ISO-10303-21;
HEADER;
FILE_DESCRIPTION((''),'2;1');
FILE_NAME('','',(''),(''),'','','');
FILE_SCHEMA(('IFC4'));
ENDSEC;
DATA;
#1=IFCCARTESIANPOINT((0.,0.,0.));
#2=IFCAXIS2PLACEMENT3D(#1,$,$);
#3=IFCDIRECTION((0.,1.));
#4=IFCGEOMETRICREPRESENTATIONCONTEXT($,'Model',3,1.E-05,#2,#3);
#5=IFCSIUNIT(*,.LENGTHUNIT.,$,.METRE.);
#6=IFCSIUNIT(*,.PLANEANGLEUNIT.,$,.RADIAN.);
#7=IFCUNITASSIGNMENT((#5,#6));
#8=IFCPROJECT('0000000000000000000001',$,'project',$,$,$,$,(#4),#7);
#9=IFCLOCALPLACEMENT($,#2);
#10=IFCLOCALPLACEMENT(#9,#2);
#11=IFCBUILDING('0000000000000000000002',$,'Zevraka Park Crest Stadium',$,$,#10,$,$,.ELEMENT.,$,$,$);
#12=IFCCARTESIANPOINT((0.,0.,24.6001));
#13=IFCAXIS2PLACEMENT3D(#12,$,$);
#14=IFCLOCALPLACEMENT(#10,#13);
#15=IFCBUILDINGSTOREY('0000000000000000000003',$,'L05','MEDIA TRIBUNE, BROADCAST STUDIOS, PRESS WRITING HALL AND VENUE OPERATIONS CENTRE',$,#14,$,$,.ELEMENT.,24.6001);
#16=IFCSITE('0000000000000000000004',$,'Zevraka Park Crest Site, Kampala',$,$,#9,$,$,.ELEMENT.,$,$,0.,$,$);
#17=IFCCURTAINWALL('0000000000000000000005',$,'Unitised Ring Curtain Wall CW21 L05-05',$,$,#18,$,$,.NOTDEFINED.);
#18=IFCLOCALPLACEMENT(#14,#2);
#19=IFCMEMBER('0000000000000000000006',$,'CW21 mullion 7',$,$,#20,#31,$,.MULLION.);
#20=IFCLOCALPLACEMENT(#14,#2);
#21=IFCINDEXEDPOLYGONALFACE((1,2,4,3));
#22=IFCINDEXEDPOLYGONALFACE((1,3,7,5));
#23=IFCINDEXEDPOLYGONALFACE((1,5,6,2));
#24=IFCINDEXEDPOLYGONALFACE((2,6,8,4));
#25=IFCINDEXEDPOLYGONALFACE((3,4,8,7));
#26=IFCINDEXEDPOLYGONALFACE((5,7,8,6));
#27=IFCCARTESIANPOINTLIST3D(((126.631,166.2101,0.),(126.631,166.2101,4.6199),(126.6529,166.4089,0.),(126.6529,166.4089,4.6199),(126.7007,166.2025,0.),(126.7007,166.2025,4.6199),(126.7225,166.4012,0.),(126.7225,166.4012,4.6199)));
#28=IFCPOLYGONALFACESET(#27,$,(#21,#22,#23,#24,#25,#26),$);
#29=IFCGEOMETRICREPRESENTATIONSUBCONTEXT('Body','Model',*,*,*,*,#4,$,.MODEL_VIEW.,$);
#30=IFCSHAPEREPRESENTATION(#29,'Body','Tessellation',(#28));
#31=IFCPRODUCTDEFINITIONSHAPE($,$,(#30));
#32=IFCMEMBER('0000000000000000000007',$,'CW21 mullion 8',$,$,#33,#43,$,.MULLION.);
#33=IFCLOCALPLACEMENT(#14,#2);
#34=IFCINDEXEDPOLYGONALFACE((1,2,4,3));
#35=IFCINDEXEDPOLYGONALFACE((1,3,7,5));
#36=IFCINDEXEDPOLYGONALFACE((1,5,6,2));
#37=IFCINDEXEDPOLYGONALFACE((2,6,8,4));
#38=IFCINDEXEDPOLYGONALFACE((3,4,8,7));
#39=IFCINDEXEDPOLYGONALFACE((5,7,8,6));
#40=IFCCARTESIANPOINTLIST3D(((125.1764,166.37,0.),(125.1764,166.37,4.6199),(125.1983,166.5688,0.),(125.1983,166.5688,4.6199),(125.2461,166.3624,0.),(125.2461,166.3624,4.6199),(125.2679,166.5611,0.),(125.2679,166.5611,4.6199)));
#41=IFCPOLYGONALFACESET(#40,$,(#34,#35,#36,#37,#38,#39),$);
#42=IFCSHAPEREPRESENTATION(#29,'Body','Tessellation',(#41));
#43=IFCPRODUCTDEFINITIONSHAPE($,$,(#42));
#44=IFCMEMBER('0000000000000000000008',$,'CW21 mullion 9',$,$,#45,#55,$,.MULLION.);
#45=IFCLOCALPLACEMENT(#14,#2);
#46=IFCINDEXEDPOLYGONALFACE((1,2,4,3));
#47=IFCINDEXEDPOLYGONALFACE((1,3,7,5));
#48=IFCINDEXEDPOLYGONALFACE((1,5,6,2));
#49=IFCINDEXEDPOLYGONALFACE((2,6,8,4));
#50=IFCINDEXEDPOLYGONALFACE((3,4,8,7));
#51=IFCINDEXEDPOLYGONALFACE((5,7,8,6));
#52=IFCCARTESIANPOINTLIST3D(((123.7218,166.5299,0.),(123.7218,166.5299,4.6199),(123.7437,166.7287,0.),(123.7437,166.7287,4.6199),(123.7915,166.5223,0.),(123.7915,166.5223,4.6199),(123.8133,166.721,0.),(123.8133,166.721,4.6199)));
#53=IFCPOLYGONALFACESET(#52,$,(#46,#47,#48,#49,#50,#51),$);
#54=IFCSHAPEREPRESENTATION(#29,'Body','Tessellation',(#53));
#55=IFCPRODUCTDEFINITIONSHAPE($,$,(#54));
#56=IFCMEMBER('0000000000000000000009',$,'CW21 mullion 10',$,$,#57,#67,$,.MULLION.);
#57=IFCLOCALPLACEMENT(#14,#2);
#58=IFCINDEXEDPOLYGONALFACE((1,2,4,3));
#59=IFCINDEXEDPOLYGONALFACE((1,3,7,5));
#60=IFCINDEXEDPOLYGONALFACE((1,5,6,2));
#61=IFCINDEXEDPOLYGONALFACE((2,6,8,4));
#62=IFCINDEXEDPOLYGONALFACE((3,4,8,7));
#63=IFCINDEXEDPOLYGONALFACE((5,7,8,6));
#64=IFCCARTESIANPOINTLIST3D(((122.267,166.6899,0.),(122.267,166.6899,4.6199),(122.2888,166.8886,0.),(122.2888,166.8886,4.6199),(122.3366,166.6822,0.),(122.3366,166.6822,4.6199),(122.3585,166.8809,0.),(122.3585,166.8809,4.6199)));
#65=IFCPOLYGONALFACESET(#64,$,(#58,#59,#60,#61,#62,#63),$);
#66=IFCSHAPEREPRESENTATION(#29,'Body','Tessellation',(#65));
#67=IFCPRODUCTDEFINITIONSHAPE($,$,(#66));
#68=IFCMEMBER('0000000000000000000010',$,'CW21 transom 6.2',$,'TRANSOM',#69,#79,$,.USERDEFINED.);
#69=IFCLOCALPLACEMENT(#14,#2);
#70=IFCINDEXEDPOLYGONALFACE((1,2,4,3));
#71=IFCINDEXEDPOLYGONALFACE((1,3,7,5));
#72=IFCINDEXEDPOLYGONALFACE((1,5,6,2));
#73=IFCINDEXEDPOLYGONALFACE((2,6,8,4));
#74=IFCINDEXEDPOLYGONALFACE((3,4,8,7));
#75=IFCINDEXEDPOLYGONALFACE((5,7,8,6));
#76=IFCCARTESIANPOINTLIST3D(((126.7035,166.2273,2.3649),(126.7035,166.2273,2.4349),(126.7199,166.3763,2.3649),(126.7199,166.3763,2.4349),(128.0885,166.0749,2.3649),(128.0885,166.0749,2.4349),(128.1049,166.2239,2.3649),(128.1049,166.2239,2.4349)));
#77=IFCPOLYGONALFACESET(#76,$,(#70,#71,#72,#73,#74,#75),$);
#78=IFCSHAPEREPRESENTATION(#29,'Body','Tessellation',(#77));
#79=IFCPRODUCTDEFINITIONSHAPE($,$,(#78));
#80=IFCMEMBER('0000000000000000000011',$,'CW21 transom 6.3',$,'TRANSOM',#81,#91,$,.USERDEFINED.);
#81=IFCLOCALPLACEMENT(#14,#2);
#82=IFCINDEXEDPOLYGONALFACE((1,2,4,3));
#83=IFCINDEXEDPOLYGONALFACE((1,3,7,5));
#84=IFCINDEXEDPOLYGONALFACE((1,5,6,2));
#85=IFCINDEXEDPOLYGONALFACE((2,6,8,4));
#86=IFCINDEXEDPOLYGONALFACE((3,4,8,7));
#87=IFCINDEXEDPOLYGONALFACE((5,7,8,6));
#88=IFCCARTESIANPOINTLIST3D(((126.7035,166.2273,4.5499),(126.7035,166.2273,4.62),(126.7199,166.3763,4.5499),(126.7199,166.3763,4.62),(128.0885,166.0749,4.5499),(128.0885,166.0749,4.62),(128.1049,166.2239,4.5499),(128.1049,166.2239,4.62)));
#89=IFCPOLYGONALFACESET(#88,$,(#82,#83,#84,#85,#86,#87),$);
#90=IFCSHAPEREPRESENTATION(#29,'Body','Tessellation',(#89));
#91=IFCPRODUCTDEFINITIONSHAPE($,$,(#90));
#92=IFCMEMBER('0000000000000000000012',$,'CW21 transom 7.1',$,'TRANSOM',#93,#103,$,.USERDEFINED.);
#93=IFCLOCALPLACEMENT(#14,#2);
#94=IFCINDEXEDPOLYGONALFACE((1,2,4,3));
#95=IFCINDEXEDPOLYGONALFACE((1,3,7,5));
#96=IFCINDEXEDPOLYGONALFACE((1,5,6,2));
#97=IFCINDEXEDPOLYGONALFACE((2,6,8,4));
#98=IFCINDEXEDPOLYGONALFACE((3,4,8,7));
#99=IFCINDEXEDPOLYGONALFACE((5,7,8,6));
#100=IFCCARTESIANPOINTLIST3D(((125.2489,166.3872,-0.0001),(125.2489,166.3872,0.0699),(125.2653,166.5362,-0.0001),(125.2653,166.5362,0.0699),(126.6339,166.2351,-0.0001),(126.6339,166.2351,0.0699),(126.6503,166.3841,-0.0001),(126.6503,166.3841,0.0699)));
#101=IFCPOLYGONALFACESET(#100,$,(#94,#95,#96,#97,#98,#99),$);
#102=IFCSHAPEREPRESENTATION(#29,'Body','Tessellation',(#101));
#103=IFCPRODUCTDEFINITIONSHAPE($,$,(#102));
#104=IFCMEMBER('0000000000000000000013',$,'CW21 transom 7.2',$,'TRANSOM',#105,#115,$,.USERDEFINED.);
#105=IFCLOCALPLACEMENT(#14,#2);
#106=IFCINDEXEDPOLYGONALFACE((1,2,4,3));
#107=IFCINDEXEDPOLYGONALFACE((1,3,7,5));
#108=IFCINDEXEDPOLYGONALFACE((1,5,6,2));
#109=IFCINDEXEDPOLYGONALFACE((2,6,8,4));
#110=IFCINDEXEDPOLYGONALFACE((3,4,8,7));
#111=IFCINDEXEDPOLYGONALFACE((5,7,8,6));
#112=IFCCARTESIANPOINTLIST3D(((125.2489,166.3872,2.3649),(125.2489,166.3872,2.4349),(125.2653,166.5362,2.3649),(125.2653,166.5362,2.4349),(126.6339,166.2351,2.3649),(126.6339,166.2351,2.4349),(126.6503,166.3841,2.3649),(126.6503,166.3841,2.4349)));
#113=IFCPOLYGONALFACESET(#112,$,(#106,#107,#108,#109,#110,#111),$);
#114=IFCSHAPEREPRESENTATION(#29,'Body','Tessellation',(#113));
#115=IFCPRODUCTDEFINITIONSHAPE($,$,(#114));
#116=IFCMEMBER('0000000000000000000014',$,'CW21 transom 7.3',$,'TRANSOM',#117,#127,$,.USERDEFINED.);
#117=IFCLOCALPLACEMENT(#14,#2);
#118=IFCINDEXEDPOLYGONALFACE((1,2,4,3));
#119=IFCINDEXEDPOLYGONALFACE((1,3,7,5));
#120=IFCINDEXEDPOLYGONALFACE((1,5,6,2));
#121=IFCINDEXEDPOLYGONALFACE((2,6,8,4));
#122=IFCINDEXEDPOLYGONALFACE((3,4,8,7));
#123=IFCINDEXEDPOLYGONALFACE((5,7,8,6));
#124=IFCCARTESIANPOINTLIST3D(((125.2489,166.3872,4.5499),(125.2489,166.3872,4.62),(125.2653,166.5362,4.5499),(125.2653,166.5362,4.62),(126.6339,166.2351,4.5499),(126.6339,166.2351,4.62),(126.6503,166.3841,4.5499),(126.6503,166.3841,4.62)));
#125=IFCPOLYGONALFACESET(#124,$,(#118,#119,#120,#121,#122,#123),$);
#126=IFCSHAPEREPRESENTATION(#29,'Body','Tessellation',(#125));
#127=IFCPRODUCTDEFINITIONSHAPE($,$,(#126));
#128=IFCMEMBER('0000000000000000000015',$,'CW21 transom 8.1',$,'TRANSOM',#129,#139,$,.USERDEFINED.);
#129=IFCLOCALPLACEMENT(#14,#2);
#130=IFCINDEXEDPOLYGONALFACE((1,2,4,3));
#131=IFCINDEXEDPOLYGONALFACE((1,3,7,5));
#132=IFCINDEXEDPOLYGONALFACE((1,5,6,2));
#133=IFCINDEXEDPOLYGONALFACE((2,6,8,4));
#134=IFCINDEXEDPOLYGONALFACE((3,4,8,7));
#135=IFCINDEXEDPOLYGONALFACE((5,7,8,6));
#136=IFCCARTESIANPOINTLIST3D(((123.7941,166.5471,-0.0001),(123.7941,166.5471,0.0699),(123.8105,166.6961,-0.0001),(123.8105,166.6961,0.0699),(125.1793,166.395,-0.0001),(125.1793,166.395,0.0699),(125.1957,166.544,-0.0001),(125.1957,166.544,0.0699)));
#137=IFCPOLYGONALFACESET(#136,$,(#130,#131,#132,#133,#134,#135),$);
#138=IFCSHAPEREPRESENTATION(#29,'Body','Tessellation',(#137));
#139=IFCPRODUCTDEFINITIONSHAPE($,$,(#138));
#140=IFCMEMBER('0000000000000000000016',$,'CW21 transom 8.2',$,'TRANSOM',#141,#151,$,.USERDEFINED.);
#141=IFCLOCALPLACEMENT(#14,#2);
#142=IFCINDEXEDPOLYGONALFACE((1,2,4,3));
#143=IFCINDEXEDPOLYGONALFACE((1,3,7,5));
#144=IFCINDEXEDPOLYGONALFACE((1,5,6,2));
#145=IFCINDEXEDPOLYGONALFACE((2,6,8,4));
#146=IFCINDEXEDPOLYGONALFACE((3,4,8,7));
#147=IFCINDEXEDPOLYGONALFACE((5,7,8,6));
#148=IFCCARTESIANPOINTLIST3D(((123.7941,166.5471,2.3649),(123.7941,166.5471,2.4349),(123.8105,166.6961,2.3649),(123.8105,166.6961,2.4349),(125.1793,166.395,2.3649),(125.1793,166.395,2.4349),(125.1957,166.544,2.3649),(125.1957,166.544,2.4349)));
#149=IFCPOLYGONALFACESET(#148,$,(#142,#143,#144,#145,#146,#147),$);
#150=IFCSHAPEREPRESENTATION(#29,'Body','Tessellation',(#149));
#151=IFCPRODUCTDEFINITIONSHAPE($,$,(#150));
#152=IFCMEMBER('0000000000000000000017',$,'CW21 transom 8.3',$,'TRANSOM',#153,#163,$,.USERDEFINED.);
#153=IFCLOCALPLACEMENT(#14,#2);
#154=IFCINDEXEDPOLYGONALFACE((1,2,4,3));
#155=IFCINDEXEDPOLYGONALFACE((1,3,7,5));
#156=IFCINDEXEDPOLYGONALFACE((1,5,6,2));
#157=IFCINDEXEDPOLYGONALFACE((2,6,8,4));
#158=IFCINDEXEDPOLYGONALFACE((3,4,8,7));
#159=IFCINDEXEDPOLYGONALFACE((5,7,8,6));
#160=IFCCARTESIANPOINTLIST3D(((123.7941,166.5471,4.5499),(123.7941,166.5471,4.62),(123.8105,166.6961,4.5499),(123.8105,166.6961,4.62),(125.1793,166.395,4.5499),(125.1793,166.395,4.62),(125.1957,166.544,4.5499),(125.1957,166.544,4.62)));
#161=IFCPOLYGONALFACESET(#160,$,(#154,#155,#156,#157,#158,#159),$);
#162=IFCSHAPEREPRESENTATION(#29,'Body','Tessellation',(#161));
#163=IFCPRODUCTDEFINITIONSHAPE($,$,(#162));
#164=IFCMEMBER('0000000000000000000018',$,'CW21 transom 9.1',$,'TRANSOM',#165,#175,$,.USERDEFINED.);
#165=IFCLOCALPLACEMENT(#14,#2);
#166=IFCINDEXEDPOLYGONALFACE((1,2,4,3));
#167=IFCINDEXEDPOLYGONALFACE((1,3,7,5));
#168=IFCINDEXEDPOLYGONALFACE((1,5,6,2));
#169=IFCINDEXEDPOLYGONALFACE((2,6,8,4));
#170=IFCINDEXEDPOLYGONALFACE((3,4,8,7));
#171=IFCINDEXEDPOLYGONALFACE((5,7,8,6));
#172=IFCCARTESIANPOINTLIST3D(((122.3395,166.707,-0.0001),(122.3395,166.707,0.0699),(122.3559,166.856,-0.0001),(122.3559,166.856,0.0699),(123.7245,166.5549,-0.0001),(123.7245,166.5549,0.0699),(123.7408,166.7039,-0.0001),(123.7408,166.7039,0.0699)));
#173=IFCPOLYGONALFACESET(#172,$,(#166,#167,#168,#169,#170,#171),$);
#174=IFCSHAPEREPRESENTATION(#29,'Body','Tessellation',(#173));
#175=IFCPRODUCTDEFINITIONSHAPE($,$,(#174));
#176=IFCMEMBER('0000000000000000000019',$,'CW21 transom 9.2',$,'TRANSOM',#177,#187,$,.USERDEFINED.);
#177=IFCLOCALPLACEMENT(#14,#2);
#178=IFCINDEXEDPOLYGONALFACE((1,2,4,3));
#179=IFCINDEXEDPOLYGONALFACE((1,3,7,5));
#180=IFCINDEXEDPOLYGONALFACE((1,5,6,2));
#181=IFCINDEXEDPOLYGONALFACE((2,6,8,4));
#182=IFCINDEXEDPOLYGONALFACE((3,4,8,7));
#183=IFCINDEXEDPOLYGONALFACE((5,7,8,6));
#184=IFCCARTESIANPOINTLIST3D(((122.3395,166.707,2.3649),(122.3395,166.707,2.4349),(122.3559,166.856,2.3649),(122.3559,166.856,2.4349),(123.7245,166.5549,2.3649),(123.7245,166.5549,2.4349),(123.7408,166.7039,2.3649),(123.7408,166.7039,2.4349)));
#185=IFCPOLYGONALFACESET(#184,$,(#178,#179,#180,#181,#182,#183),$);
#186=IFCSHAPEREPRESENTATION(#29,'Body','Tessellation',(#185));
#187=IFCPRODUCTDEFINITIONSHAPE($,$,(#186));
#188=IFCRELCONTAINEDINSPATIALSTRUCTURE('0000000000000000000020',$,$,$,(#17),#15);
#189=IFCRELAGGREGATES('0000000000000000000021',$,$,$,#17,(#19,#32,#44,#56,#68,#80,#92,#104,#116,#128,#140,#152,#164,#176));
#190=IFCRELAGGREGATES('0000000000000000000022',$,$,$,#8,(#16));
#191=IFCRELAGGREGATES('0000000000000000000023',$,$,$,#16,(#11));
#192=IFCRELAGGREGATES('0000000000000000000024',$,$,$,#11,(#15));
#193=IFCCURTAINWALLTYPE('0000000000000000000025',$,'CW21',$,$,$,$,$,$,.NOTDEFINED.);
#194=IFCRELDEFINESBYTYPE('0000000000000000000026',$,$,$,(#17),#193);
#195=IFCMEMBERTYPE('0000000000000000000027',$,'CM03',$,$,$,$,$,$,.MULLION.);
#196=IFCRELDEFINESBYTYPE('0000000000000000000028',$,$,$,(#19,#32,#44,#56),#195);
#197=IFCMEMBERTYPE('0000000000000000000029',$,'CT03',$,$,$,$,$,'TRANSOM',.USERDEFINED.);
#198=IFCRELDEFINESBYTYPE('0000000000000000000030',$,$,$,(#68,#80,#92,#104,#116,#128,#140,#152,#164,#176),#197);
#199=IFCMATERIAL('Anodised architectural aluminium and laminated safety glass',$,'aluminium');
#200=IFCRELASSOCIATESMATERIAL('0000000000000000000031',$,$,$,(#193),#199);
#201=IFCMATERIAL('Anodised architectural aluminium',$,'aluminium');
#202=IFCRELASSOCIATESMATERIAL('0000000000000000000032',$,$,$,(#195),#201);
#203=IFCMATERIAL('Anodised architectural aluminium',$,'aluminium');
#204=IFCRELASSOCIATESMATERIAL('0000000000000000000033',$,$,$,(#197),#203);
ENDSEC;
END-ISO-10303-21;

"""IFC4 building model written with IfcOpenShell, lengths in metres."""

from ifc_helpers import new_model, si_unit, direction, frame, origin, origin_2d, place, context, subcontext, project, spatial, rectangle, extrude, material, material_profile, profile_set, type_object, element, aggregate, save


model = new_model("IFC4")

# Units and contexts
model_context = context("Model", 3, precision=1e-05, world=origin(), true_north=direction((0.0, 1.0)))
body_context = subcontext(model_context, "Body", "Model", "MODEL_VIEW")
ifc_project = project(units=[si_unit("LENGTHUNIT", "METRE"), si_unit("PLANEANGLEUNIT", "RADIAN")], contexts=[model_context])

# Site, building, storey
site_placement = place(None, origin())
site = spatial("IfcSite", under=ifc_project, at=site_placement, Name="Zevraka Park Crest Site, Kampala", CompositionType="ELEMENT", RefElevation=0.0)
building_placement = place(site_placement, origin())
building = spatial("IfcBuilding", under=site, at=building_placement, Name="Zevraka Park Crest Stadium", CompositionType="ELEMENT")
storey_placement = place(building_placement, frame((0.0, 0.0, 24.6001)))
storey = spatial("IfcBuildingStorey", under=building, at=storey_placement, Name="L05", Description="MEDIA TRIBUNE, BROADCAST STUDIOS, PRESS WRITING HALL AND VENUE OPERATIONS CENTRE", CompositionType="ELEMENT", Elevation=24.6001)

# Curtain wall, members
ifc_material_1 = material(Name="Anodised architectural aluminium and laminated safety glass", Category="aluminium")
curtain_wall_type = type_object("IfcCurtainWallType", Name="CW21", PredefinedType="NOTDEFINED", material=ifc_material_1)
curtain_wall_placement = place(storey_placement, origin())
curtain_wall = element("IfcCurtainWall", 1, at=curtain_wall_placement, inside=storey, type_object=curtain_wall_type, Name="Unitised Ring Curtain Wall CW21 L05-05", PredefinedType="NOTDEFINED")
ifc_material_2 = material(Name="Anodised architectural aluminium", Category="aluminium")
ifc_material_profile_1 = material_profile(ifc_material_2, rectangle(XDim=0.2, YDim=0.0701, at=origin_2d()), Name="ALU MULLION 200x70")
ifc_profile_set_1 = profile_set([ifc_material_profile_1], Name="Anodised architectural aluminium")
member_type_1 = type_object("IfcMemberType", Name="CM03", PredefinedType="MULLION", material=ifc_profile_set_1)
member_1_placement = place(storey_placement, frame((126.6768, 166.3057, 0.0), z_axis=(0.0, 0.0, 1.0), x_axis=(-0.109288, -0.99401, 0.0)))
member_1 = element("IfcMember", 2, at=member_1_placement, type_object=member_type_1, Name="CW21 mullion 7", PredefinedType="MULLION", context=body_context, shape_type="SweptSolid", body=[
    extrude(rectangle(XDim=0.2, YDim=0.0701, at=origin_2d()), origin(), (0.0, 0.0, 1.0), 4.6199),
])
member_2_placement = place(storey_placement, frame((125.2222, 166.4656, 0.0), z_axis=(0.0, 0.0, 1.0), x_axis=(-0.109288, -0.99401, 0.0)))
member_2 = element("IfcMember", 3, at=member_2_placement, type_object=member_type_1, Name="CW21 mullion 8", PredefinedType="MULLION", context=body_context, shape_type="SweptSolid", body=[
    extrude(rectangle(XDim=0.2, YDim=0.0701, at=origin_2d()), origin(), (0.0, 0.0, 1.0), 4.6199),
])
member_3_placement = place(storey_placement, frame((123.7676, 166.6255, 0.0), z_axis=(0.0, 0.0, 1.0), x_axis=(-0.109288, -0.99401, 0.0)))
member_3 = element("IfcMember", 4, at=member_3_placement, type_object=member_type_1, Name="CW21 mullion 9", PredefinedType="MULLION", context=body_context, shape_type="SweptSolid", body=[
    extrude(rectangle(XDim=0.2, YDim=0.0701, at=origin_2d()), origin(), (0.0, 0.0, 1.0), 4.6199),
])
member_4_placement = place(storey_placement, frame((122.3127, 166.7854, 0.0), z_axis=(0.0, 0.0, 1.0), x_axis=(-0.109288, -0.99401, 0.0)))
member_4 = element("IfcMember", 5, at=member_4_placement, type_object=member_type_1, Name="CW21 mullion 10", PredefinedType="MULLION", context=body_context, shape_type="SweptSolid", body=[
    extrude(rectangle(XDim=0.2, YDim=0.0701, at=origin_2d()), origin(), (0.0, 0.0, 1.0), 4.6199),
])
ifc_material_3 = material(Name="Anodised architectural aluminium", Category="aluminium")
ifc_material_profile_2 = material_profile(ifc_material_3, rectangle(XDim=0.1499, YDim=0.0701, at=origin_2d()), Name="ALU TRANSOM 150x70")
ifc_profile_set_2 = profile_set([ifc_material_profile_2], Name="Anodised architectural aluminium")
member_type_2 = type_object("IfcMemberType", Name="CT03", ElementType="TRANSOM", PredefinedType="USERDEFINED", material=ifc_profile_set_2)
member_5_placement = place(storey_placement, frame((128.0967, 166.1494, 2.3999), z_axis=(-0.994005, 0.109335, 0.0), x_axis=(-0.109335, -0.994005, 0.0)))
member_5 = element("IfcMember", 6, at=member_5_placement, type_object=member_type_2, Name="CW21 transom 6.2", ObjectType="TRANSOM", PredefinedType="USERDEFINED", context=body_context, shape_type="SweptSolid", body=[
    extrude(rectangle(XDim=0.1499, YDim=0.0701, at=origin_2d()), origin(), (0.0, 0.0, 1.0), 1.3933),
])
member_6_placement = place(storey_placement, frame((128.0967, 166.1494, 4.585), z_axis=(-0.994005, 0.109335, 0.0), x_axis=(-0.109335, -0.994005, 0.0)))
member_6 = element("IfcMember", 7, at=member_6_placement, type_object=member_type_2, Name="CW21 transom 6.3", ObjectType="TRANSOM", PredefinedType="USERDEFINED", context=body_context, shape_type="SweptSolid", body=[
    extrude(rectangle(XDim=0.1499, YDim=0.0701, at=origin_2d()), origin(), (0.0, 0.0, 1.0), 1.3933),
])
member_7_placement = place(storey_placement, frame((126.6421, 166.3096, 0.0349), z_axis=(-0.994024, 0.109162, 0.0), x_axis=(-0.109162, -0.994024, 0.0)))
member_7 = element("IfcMember", 8, at=member_7_placement, type_object=member_type_2, Name="CW21 transom 7.1", ObjectType="TRANSOM", PredefinedType="USERDEFINED", context=body_context, shape_type="SweptSolid", body=[
    extrude(rectangle(XDim=0.1499, YDim=0.0701, at=origin_2d()), origin(), (0.0, 0.0, 1.0), 1.3933),
])
member_8_placement = place(storey_placement, frame((126.6421, 166.3096, 2.3999), z_axis=(-0.994024, 0.109162, 0.0), x_axis=(-0.109162, -0.994024, 0.0)))
member_8 = element("IfcMember", 9, at=member_8_placement, type_object=member_type_2, Name="CW21 transom 7.2", ObjectType="TRANSOM", PredefinedType="USERDEFINED", context=body_context, shape_type="SweptSolid", body=[
    extrude(rectangle(XDim=0.1499, YDim=0.0701, at=origin_2d()), origin(), (0.0, 0.0, 1.0), 1.3933),
])
member_9_placement = place(storey_placement, frame((126.6421, 166.3096, 4.585), z_axis=(-0.994024, 0.109162, 0.0), x_axis=(-0.109162, -0.994024, 0.0)))
member_9 = element("IfcMember", 10, at=member_9_placement, type_object=member_type_2, Name="CW21 transom 7.3", ObjectType="TRANSOM", PredefinedType="USERDEFINED", context=body_context, shape_type="SweptSolid", body=[
    extrude(rectangle(XDim=0.1499, YDim=0.0701, at=origin_2d()), origin(), (0.0, 0.0, 1.0), 1.3933),
])
member_10_placement = place(storey_placement, frame((125.1875, 166.4695, 0.0349), z_axis=(-0.994026, 0.109143, 0.0), x_axis=(-0.109143, -0.994026, 0.0)))
member_10 = element("IfcMember", 11, at=member_10_placement, type_object=member_type_2, Name="CW21 transom 8.1", ObjectType="TRANSOM", PredefinedType="USERDEFINED", context=body_context, shape_type="SweptSolid", body=[
    extrude(rectangle(XDim=0.1499, YDim=0.0701, at=origin_2d()), origin(), (0.0, 0.0, 1.0), 1.3936),
])
member_11_placement = place(storey_placement, frame((125.1875, 166.4695, 2.3999), z_axis=(-0.994026, 0.109143, 0.0), x_axis=(-0.109143, -0.994026, 0.0)))
member_11 = element("IfcMember", 12, at=member_11_placement, type_object=member_type_2, Name="CW21 transom 8.2", ObjectType="TRANSOM", PredefinedType="USERDEFINED", context=body_context, shape_type="SweptSolid", body=[
    extrude(rectangle(XDim=0.1499, YDim=0.0701, at=origin_2d()), origin(), (0.0, 0.0, 1.0), 1.3936),
])
member_12_placement = place(storey_placement, frame((125.1875, 166.4695, 4.585), z_axis=(-0.994026, 0.109143, 0.0), x_axis=(-0.109143, -0.994026, 0.0)))
member_12 = element("IfcMember", 13, at=member_12_placement, type_object=member_type_2, Name="CW21 transom 8.3", ObjectType="TRANSOM", PredefinedType="USERDEFINED", context=body_context, shape_type="SweptSolid", body=[
    extrude(rectangle(XDim=0.1499, YDim=0.0701, at=origin_2d()), origin(), (0.0, 0.0, 1.0), 1.3936),
])
member_13_placement = place(storey_placement, frame((123.7327, 166.6294, 0.0349), z_axis=(-0.994024, 0.109162, 0.0), x_axis=(-0.109162, -0.994024, 0.0)))
member_13 = element("IfcMember", 14, at=member_13_placement, type_object=member_type_2, Name="CW21 transom 9.1", ObjectType="TRANSOM", PredefinedType="USERDEFINED", context=body_context, shape_type="SweptSolid", body=[
    extrude(rectangle(XDim=0.1499, YDim=0.0701, at=origin_2d()), origin(), (0.0, 0.0, 1.0), 1.3933),
])
member_14_placement = place(storey_placement, frame((123.7327, 166.6294, 2.3999), z_axis=(-0.994024, 0.109162, 0.0), x_axis=(-0.109162, -0.994024, 0.0)))
member_14 = element("IfcMember", 15, at=member_14_placement, type_object=member_type_2, Name="CW21 transom 9.2", ObjectType="TRANSOM", PredefinedType="USERDEFINED", context=body_context, shape_type="SweptSolid", body=[
    extrude(rectangle(XDim=0.1499, YDim=0.0701, at=origin_2d()), origin(), (0.0, 0.0, 1.0), 1.3933),
])
aggregate(curtain_wall, [member_1, member_2, member_3, member_4, member_5, member_6, member_7, member_8, member_9, member_10, member_11, member_12, member_13, member_14])

save(model, "model.ifc")
